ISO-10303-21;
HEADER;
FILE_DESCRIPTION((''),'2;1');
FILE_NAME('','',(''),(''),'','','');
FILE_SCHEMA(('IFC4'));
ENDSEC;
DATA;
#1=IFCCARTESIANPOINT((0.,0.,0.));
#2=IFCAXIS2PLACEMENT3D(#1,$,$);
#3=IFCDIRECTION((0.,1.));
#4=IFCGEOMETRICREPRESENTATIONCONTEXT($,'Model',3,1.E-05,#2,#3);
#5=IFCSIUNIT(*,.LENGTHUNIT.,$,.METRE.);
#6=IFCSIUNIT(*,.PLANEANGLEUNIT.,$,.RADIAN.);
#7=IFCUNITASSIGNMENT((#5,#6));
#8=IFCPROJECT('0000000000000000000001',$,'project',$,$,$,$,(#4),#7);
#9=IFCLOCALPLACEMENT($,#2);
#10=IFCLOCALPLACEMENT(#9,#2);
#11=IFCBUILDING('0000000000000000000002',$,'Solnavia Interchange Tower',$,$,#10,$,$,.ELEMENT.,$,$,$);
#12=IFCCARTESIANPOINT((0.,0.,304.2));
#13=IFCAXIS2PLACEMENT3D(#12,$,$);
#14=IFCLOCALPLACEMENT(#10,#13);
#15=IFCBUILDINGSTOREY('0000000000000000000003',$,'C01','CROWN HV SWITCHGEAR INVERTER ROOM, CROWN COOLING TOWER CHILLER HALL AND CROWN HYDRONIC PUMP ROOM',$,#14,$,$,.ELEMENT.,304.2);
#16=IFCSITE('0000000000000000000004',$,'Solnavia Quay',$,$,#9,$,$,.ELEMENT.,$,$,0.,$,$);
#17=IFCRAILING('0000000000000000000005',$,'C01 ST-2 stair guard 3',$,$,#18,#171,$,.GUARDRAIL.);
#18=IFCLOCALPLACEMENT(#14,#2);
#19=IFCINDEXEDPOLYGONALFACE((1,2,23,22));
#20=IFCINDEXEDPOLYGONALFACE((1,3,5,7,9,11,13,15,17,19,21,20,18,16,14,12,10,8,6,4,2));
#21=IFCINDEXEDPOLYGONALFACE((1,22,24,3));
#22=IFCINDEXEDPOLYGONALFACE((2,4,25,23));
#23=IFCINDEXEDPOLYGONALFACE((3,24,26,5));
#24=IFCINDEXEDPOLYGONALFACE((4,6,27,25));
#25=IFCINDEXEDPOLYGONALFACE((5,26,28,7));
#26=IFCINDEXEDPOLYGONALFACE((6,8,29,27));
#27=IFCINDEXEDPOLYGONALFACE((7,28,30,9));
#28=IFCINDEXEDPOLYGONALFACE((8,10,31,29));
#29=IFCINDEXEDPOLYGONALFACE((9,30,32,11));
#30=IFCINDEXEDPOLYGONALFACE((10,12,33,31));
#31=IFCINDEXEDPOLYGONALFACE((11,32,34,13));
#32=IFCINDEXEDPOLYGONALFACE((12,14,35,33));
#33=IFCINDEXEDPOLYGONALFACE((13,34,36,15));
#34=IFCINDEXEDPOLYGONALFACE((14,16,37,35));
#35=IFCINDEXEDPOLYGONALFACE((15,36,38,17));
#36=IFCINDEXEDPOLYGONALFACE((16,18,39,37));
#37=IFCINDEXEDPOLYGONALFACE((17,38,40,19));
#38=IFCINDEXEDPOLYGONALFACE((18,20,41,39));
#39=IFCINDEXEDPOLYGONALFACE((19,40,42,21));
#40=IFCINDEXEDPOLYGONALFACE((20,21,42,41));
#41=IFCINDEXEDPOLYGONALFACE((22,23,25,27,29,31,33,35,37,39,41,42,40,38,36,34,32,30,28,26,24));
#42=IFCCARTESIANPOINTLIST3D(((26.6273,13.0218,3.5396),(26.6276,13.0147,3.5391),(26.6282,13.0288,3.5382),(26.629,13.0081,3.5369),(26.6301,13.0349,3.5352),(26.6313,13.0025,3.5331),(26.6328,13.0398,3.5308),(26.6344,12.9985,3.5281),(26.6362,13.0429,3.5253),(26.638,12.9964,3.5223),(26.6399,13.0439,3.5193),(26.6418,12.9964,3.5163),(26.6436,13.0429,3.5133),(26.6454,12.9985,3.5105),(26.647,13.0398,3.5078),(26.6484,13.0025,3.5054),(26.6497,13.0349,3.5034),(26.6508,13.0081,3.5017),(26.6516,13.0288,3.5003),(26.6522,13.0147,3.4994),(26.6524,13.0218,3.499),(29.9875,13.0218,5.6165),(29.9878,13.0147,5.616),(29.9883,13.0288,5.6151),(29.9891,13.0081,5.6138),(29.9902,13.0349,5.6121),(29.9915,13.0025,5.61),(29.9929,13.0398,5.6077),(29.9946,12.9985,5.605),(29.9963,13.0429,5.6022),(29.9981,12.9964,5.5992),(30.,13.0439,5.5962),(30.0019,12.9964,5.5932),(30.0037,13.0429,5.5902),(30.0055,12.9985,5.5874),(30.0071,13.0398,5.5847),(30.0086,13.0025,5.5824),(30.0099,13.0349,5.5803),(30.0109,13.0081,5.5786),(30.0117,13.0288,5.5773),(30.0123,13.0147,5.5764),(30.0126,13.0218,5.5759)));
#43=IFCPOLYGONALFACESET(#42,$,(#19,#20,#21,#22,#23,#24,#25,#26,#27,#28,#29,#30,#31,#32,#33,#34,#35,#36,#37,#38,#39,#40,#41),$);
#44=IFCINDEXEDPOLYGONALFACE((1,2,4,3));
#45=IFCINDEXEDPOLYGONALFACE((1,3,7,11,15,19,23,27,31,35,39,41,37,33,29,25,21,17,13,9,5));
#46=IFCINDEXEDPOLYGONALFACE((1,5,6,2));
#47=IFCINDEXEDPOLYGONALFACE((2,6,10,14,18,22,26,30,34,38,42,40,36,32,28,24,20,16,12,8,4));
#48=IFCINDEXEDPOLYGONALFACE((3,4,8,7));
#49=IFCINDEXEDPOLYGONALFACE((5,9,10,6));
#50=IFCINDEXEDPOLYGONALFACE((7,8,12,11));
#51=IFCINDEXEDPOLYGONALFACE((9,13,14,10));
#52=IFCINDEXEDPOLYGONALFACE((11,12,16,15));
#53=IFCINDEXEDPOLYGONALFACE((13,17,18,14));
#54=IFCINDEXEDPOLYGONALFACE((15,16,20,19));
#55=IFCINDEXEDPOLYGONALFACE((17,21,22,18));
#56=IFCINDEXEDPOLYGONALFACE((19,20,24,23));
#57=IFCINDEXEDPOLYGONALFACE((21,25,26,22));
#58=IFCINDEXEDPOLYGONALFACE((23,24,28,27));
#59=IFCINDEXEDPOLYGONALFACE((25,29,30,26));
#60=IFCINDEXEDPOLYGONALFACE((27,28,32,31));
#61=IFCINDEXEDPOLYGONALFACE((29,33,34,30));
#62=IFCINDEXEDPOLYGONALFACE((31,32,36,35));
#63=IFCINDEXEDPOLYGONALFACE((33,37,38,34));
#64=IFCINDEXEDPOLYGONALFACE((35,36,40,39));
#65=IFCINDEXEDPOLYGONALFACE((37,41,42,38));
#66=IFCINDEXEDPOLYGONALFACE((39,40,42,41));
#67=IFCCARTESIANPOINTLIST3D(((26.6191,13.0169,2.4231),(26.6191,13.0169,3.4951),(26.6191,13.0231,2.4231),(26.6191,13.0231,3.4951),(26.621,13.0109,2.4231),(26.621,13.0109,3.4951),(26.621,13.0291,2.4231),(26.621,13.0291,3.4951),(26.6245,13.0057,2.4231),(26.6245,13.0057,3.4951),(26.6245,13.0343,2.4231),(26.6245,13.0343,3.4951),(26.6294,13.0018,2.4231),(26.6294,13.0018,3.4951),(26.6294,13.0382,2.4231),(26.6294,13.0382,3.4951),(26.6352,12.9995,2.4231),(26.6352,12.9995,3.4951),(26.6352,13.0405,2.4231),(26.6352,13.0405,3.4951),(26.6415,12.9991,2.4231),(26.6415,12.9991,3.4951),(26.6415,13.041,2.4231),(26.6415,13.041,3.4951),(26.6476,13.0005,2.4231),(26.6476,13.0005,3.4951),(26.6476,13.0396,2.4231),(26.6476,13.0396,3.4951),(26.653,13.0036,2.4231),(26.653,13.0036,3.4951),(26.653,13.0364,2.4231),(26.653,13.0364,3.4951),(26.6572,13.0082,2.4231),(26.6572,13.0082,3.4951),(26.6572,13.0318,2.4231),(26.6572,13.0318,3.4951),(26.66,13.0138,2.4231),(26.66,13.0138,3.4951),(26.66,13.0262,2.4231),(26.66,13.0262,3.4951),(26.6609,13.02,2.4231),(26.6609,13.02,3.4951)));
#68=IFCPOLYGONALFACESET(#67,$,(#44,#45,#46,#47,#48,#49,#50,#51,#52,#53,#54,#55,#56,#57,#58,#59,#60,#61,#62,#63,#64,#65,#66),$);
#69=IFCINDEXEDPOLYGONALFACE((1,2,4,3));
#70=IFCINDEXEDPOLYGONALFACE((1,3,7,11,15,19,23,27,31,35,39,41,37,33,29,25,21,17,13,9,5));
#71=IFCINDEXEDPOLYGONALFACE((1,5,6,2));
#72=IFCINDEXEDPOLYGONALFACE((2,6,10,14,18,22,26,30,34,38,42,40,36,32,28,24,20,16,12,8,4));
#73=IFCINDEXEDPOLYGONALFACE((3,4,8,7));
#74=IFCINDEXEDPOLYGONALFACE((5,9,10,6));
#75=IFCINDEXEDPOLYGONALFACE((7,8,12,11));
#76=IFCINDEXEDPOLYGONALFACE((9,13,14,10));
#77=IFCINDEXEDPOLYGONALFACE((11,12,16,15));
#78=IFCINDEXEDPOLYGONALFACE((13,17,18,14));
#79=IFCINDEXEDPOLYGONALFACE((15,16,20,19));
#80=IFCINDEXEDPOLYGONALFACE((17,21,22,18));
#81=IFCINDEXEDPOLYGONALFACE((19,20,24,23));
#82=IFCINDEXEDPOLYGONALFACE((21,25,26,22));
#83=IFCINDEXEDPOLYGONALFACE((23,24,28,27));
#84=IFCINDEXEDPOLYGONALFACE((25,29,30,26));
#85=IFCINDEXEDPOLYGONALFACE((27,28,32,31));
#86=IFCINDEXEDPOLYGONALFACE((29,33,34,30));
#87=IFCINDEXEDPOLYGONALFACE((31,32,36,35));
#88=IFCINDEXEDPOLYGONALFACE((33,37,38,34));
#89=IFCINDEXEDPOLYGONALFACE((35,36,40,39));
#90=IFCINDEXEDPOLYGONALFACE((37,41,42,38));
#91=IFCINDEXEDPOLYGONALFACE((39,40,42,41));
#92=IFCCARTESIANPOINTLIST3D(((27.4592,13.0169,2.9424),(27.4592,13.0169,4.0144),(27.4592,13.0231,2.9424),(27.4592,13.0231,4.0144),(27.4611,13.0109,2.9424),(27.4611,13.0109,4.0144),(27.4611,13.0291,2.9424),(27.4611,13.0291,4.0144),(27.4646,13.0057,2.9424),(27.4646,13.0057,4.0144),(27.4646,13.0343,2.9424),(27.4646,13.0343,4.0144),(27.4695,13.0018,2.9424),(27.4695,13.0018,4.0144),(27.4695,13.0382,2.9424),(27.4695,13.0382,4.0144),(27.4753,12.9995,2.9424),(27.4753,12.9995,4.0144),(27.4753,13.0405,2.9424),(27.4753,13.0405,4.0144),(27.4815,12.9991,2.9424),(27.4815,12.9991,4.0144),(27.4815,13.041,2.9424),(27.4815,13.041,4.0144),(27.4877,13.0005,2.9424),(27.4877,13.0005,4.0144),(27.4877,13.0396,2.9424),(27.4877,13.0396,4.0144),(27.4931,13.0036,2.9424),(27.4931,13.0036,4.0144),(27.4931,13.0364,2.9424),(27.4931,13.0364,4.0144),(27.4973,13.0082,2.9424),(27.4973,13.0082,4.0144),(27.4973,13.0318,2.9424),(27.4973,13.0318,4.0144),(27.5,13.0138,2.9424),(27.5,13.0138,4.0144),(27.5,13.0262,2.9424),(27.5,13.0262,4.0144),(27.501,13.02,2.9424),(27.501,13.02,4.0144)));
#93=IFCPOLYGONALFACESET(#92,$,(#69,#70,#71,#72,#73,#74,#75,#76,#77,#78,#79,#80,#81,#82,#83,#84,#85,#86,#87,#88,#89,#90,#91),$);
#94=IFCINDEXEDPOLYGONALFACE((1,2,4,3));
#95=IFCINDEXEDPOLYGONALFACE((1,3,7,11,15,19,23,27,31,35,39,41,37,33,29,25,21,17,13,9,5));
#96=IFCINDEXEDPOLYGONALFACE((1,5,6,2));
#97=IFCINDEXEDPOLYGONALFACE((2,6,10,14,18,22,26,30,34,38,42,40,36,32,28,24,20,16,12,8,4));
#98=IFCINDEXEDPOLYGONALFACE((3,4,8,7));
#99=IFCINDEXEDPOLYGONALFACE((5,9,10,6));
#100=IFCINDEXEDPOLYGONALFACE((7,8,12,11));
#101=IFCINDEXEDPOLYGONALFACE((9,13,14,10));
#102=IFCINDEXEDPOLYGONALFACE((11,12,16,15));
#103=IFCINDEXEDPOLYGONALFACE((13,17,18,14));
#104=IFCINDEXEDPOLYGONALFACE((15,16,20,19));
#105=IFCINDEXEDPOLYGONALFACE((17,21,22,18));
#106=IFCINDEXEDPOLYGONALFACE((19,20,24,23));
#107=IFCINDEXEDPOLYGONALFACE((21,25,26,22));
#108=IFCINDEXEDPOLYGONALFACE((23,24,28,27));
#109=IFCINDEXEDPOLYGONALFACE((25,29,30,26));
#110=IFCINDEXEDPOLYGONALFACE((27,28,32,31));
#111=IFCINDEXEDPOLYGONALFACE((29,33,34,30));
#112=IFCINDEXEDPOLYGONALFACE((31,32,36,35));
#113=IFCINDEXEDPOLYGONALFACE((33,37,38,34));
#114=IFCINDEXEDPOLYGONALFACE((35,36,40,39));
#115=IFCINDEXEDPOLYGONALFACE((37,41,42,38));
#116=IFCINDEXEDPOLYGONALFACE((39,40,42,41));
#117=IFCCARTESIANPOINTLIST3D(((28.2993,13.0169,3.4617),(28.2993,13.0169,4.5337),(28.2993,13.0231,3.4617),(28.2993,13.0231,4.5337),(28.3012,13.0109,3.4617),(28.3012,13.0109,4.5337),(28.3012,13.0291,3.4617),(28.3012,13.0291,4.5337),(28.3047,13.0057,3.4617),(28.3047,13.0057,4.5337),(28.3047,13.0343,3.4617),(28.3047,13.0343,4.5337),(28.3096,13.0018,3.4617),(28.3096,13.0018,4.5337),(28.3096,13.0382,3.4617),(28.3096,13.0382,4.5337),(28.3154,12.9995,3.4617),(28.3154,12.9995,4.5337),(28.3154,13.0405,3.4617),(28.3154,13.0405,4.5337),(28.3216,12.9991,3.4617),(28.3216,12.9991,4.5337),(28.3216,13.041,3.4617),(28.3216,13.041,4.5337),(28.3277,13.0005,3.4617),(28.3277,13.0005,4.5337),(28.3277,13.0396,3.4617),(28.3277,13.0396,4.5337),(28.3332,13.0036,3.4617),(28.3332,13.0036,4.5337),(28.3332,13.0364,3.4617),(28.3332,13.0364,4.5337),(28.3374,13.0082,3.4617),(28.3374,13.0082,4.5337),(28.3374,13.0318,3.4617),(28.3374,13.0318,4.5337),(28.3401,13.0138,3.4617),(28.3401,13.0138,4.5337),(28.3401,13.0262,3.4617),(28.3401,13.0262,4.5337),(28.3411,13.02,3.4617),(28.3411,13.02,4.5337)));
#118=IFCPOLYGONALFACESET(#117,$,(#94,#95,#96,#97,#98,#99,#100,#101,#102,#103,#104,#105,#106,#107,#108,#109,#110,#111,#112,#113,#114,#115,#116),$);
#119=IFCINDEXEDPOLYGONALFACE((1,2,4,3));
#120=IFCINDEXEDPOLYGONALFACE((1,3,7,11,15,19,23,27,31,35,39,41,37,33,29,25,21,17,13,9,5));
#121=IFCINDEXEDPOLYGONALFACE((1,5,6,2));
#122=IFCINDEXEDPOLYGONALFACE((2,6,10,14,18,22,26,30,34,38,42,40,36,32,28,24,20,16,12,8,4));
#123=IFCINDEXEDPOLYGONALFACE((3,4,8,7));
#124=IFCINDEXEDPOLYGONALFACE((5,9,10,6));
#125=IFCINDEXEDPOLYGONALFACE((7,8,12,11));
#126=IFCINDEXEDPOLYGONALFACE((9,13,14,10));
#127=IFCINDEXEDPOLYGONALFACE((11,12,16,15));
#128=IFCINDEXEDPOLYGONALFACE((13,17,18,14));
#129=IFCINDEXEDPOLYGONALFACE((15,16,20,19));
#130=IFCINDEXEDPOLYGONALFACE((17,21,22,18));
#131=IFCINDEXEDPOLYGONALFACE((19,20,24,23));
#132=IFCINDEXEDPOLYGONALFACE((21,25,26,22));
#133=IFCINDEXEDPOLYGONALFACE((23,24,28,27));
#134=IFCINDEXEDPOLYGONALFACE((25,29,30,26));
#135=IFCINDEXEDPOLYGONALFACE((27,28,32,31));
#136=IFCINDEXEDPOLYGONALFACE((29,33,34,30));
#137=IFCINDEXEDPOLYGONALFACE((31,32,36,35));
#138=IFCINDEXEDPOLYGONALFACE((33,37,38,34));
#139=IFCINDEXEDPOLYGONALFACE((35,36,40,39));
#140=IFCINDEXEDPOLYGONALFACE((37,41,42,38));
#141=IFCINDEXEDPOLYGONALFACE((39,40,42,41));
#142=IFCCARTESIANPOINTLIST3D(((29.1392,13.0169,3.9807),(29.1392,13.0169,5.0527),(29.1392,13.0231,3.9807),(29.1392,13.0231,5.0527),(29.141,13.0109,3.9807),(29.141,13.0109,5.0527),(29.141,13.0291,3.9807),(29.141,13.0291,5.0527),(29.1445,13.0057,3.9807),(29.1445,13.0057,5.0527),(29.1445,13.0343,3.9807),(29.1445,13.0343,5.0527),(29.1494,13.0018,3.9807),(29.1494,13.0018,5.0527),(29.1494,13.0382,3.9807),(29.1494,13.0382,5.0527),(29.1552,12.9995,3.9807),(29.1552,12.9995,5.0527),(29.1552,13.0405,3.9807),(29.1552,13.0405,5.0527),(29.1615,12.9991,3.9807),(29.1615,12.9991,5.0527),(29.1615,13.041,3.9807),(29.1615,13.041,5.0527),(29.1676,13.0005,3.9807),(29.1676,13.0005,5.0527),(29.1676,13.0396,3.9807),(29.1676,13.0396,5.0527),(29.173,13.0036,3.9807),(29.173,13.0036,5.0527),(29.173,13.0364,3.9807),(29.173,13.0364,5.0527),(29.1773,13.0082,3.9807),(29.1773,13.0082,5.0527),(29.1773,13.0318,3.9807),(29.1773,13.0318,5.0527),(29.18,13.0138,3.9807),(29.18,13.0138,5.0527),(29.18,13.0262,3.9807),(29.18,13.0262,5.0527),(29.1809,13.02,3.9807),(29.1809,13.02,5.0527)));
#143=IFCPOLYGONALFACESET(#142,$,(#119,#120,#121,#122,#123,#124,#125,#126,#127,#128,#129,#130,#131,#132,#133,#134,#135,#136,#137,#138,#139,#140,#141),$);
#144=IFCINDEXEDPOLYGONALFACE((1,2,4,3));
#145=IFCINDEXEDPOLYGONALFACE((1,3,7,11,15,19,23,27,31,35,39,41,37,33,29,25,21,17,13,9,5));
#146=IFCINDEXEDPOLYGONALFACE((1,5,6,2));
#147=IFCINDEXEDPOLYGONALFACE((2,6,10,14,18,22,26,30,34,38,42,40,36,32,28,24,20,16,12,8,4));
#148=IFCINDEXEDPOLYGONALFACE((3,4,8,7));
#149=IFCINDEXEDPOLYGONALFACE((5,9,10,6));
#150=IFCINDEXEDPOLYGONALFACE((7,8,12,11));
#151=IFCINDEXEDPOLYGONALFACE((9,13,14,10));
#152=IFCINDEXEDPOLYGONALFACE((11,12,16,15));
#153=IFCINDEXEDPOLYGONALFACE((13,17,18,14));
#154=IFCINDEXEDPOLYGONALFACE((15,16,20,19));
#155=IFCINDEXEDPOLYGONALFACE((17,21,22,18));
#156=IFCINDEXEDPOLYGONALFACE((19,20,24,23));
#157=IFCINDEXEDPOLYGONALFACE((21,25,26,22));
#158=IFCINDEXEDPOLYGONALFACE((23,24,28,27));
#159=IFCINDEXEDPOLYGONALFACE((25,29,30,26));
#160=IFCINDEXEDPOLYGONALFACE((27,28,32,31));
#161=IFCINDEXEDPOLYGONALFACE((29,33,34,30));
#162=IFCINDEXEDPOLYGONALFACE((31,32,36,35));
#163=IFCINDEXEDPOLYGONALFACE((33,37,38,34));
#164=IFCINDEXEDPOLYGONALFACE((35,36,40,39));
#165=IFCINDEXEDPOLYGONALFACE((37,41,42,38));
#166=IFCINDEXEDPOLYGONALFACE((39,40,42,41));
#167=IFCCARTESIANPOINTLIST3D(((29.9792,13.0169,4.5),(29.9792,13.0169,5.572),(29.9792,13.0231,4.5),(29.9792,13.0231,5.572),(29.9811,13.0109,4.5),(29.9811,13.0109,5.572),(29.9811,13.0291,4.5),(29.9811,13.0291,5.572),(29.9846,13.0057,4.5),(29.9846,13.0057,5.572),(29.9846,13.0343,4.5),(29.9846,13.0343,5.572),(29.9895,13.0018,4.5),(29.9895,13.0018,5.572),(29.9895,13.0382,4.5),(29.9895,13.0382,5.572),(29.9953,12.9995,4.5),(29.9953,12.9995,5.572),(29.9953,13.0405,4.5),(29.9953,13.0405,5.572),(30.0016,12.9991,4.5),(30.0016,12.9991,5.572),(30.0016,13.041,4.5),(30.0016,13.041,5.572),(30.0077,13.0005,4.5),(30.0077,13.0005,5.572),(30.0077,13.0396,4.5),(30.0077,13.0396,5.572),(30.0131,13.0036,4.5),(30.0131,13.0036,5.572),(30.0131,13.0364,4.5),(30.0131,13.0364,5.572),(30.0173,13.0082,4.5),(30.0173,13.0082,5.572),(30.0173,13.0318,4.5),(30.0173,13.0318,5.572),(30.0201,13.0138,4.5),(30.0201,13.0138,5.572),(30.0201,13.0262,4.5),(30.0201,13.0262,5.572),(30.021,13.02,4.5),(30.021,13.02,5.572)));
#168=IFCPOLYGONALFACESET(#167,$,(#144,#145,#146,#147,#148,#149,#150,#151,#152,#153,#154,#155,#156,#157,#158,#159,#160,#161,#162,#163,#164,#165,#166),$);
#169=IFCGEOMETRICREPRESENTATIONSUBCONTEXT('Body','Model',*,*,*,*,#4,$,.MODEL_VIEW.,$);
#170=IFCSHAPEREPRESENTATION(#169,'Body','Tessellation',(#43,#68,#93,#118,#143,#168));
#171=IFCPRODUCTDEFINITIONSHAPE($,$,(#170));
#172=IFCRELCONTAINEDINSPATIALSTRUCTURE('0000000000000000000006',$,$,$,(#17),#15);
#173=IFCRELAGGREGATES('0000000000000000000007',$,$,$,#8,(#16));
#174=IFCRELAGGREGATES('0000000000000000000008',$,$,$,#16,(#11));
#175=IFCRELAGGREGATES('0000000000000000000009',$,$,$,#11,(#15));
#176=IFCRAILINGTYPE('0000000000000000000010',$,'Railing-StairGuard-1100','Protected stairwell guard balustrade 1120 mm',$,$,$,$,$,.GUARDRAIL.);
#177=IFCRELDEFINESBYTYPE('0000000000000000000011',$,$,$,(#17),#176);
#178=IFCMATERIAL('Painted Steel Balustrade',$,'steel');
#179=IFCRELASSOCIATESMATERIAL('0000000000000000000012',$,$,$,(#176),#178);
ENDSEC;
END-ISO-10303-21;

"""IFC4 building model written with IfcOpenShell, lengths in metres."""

from ifc_helpers import new_model, si_unit, direction, frame, origin, origin_2d, place, context, subcontext, project, spatial, circle, extrude, material, type_object, element, save


model = new_model("IFC4")

# Units and contexts
model_context = context("Model", 3, precision=1e-05, world=origin(), true_north=direction((0.0, 1.0)))
body_context = subcontext(model_context, "Body", "Model", "MODEL_VIEW")
ifc_project = project(units=[si_unit("LENGTHUNIT", "METRE"), si_unit("PLANEANGLEUNIT", "RADIAN")], contexts=[model_context])

# Site, building, storey
site_placement = place(None, origin())
site = spatial("IfcSite", under=ifc_project, at=site_placement, Name="Solnavia Quay", CompositionType="ELEMENT", RefElevation=0.0)
building_placement = place(site_placement, origin())
building = spatial("IfcBuilding", under=site, at=building_placement, Name="Solnavia Interchange Tower", CompositionType="ELEMENT")
storey_placement = place(building_placement, frame((0.0, 0.0, 304.2)))
storey = spatial("IfcBuildingStorey", under=building, at=storey_placement, Name="C01", Description="CROWN HV SWITCHGEAR INVERTER ROOM, CROWN COOLING TOWER CHILLER HALL AND CROWN HYDRONIC PUMP ROOM", CompositionType="ELEMENT", Elevation=304.2)

# Railing
ifc_material_1 = material(Name="Painted Steel Balustrade", Category="steel")
railing_type_1 = type_object("IfcRailingType", Name="Railing-StairGuard-1100", Description="Protected stairwell guard balustrade 1120 mm", PredefinedType="GUARDRAIL", material=ifc_material_1)
railing_1_placement = place(storey_placement, frame((26.6399, 13.02, 2.4231)))
element("IfcRailing", 1, at=railing_1_placement, inside=storey, type_object=railing_type_1, Name="C01 ST-2 stair guard 3", PredefinedType="GUARDRAIL", context=body_context, shape_type="SweptSolid", body=[
    extrude(circle(Radius=0.0239, at=origin_2d()), frame((0.0, 0.0, 1.0962), z_axis=(0.850623, 0.0, 0.525776), x_axis=(0.0, 1.0, 0.0)), (0.0, 0.0, 1.0), 3.9502),
    extrude(circle(Radius=0.021, at=origin_2d()), origin(), (0.0, 0.0, 1.0), 1.072),
    extrude(circle(Radius=0.021, at=origin_2d()), frame((0.8401, 0.0, 0.5193)), (0.0, 0.0, 1.0), 1.072),
    extrude(circle(Radius=0.021, at=origin_2d()), frame((1.6802, 0.0, 1.0386)), (0.0, 0.0, 1.0), 1.072),
    extrude(circle(Radius=0.021, at=origin_2d()), frame((2.52, 0.0, 1.5576)), (0.0, 0.0, 1.0), 1.072),
    extrude(circle(Radius=0.021, at=origin_2d()), frame((3.3601, 0.0, 2.0769)), (0.0, 0.0, 1.0), 1.072),
])

save(model, "model.ifc")
